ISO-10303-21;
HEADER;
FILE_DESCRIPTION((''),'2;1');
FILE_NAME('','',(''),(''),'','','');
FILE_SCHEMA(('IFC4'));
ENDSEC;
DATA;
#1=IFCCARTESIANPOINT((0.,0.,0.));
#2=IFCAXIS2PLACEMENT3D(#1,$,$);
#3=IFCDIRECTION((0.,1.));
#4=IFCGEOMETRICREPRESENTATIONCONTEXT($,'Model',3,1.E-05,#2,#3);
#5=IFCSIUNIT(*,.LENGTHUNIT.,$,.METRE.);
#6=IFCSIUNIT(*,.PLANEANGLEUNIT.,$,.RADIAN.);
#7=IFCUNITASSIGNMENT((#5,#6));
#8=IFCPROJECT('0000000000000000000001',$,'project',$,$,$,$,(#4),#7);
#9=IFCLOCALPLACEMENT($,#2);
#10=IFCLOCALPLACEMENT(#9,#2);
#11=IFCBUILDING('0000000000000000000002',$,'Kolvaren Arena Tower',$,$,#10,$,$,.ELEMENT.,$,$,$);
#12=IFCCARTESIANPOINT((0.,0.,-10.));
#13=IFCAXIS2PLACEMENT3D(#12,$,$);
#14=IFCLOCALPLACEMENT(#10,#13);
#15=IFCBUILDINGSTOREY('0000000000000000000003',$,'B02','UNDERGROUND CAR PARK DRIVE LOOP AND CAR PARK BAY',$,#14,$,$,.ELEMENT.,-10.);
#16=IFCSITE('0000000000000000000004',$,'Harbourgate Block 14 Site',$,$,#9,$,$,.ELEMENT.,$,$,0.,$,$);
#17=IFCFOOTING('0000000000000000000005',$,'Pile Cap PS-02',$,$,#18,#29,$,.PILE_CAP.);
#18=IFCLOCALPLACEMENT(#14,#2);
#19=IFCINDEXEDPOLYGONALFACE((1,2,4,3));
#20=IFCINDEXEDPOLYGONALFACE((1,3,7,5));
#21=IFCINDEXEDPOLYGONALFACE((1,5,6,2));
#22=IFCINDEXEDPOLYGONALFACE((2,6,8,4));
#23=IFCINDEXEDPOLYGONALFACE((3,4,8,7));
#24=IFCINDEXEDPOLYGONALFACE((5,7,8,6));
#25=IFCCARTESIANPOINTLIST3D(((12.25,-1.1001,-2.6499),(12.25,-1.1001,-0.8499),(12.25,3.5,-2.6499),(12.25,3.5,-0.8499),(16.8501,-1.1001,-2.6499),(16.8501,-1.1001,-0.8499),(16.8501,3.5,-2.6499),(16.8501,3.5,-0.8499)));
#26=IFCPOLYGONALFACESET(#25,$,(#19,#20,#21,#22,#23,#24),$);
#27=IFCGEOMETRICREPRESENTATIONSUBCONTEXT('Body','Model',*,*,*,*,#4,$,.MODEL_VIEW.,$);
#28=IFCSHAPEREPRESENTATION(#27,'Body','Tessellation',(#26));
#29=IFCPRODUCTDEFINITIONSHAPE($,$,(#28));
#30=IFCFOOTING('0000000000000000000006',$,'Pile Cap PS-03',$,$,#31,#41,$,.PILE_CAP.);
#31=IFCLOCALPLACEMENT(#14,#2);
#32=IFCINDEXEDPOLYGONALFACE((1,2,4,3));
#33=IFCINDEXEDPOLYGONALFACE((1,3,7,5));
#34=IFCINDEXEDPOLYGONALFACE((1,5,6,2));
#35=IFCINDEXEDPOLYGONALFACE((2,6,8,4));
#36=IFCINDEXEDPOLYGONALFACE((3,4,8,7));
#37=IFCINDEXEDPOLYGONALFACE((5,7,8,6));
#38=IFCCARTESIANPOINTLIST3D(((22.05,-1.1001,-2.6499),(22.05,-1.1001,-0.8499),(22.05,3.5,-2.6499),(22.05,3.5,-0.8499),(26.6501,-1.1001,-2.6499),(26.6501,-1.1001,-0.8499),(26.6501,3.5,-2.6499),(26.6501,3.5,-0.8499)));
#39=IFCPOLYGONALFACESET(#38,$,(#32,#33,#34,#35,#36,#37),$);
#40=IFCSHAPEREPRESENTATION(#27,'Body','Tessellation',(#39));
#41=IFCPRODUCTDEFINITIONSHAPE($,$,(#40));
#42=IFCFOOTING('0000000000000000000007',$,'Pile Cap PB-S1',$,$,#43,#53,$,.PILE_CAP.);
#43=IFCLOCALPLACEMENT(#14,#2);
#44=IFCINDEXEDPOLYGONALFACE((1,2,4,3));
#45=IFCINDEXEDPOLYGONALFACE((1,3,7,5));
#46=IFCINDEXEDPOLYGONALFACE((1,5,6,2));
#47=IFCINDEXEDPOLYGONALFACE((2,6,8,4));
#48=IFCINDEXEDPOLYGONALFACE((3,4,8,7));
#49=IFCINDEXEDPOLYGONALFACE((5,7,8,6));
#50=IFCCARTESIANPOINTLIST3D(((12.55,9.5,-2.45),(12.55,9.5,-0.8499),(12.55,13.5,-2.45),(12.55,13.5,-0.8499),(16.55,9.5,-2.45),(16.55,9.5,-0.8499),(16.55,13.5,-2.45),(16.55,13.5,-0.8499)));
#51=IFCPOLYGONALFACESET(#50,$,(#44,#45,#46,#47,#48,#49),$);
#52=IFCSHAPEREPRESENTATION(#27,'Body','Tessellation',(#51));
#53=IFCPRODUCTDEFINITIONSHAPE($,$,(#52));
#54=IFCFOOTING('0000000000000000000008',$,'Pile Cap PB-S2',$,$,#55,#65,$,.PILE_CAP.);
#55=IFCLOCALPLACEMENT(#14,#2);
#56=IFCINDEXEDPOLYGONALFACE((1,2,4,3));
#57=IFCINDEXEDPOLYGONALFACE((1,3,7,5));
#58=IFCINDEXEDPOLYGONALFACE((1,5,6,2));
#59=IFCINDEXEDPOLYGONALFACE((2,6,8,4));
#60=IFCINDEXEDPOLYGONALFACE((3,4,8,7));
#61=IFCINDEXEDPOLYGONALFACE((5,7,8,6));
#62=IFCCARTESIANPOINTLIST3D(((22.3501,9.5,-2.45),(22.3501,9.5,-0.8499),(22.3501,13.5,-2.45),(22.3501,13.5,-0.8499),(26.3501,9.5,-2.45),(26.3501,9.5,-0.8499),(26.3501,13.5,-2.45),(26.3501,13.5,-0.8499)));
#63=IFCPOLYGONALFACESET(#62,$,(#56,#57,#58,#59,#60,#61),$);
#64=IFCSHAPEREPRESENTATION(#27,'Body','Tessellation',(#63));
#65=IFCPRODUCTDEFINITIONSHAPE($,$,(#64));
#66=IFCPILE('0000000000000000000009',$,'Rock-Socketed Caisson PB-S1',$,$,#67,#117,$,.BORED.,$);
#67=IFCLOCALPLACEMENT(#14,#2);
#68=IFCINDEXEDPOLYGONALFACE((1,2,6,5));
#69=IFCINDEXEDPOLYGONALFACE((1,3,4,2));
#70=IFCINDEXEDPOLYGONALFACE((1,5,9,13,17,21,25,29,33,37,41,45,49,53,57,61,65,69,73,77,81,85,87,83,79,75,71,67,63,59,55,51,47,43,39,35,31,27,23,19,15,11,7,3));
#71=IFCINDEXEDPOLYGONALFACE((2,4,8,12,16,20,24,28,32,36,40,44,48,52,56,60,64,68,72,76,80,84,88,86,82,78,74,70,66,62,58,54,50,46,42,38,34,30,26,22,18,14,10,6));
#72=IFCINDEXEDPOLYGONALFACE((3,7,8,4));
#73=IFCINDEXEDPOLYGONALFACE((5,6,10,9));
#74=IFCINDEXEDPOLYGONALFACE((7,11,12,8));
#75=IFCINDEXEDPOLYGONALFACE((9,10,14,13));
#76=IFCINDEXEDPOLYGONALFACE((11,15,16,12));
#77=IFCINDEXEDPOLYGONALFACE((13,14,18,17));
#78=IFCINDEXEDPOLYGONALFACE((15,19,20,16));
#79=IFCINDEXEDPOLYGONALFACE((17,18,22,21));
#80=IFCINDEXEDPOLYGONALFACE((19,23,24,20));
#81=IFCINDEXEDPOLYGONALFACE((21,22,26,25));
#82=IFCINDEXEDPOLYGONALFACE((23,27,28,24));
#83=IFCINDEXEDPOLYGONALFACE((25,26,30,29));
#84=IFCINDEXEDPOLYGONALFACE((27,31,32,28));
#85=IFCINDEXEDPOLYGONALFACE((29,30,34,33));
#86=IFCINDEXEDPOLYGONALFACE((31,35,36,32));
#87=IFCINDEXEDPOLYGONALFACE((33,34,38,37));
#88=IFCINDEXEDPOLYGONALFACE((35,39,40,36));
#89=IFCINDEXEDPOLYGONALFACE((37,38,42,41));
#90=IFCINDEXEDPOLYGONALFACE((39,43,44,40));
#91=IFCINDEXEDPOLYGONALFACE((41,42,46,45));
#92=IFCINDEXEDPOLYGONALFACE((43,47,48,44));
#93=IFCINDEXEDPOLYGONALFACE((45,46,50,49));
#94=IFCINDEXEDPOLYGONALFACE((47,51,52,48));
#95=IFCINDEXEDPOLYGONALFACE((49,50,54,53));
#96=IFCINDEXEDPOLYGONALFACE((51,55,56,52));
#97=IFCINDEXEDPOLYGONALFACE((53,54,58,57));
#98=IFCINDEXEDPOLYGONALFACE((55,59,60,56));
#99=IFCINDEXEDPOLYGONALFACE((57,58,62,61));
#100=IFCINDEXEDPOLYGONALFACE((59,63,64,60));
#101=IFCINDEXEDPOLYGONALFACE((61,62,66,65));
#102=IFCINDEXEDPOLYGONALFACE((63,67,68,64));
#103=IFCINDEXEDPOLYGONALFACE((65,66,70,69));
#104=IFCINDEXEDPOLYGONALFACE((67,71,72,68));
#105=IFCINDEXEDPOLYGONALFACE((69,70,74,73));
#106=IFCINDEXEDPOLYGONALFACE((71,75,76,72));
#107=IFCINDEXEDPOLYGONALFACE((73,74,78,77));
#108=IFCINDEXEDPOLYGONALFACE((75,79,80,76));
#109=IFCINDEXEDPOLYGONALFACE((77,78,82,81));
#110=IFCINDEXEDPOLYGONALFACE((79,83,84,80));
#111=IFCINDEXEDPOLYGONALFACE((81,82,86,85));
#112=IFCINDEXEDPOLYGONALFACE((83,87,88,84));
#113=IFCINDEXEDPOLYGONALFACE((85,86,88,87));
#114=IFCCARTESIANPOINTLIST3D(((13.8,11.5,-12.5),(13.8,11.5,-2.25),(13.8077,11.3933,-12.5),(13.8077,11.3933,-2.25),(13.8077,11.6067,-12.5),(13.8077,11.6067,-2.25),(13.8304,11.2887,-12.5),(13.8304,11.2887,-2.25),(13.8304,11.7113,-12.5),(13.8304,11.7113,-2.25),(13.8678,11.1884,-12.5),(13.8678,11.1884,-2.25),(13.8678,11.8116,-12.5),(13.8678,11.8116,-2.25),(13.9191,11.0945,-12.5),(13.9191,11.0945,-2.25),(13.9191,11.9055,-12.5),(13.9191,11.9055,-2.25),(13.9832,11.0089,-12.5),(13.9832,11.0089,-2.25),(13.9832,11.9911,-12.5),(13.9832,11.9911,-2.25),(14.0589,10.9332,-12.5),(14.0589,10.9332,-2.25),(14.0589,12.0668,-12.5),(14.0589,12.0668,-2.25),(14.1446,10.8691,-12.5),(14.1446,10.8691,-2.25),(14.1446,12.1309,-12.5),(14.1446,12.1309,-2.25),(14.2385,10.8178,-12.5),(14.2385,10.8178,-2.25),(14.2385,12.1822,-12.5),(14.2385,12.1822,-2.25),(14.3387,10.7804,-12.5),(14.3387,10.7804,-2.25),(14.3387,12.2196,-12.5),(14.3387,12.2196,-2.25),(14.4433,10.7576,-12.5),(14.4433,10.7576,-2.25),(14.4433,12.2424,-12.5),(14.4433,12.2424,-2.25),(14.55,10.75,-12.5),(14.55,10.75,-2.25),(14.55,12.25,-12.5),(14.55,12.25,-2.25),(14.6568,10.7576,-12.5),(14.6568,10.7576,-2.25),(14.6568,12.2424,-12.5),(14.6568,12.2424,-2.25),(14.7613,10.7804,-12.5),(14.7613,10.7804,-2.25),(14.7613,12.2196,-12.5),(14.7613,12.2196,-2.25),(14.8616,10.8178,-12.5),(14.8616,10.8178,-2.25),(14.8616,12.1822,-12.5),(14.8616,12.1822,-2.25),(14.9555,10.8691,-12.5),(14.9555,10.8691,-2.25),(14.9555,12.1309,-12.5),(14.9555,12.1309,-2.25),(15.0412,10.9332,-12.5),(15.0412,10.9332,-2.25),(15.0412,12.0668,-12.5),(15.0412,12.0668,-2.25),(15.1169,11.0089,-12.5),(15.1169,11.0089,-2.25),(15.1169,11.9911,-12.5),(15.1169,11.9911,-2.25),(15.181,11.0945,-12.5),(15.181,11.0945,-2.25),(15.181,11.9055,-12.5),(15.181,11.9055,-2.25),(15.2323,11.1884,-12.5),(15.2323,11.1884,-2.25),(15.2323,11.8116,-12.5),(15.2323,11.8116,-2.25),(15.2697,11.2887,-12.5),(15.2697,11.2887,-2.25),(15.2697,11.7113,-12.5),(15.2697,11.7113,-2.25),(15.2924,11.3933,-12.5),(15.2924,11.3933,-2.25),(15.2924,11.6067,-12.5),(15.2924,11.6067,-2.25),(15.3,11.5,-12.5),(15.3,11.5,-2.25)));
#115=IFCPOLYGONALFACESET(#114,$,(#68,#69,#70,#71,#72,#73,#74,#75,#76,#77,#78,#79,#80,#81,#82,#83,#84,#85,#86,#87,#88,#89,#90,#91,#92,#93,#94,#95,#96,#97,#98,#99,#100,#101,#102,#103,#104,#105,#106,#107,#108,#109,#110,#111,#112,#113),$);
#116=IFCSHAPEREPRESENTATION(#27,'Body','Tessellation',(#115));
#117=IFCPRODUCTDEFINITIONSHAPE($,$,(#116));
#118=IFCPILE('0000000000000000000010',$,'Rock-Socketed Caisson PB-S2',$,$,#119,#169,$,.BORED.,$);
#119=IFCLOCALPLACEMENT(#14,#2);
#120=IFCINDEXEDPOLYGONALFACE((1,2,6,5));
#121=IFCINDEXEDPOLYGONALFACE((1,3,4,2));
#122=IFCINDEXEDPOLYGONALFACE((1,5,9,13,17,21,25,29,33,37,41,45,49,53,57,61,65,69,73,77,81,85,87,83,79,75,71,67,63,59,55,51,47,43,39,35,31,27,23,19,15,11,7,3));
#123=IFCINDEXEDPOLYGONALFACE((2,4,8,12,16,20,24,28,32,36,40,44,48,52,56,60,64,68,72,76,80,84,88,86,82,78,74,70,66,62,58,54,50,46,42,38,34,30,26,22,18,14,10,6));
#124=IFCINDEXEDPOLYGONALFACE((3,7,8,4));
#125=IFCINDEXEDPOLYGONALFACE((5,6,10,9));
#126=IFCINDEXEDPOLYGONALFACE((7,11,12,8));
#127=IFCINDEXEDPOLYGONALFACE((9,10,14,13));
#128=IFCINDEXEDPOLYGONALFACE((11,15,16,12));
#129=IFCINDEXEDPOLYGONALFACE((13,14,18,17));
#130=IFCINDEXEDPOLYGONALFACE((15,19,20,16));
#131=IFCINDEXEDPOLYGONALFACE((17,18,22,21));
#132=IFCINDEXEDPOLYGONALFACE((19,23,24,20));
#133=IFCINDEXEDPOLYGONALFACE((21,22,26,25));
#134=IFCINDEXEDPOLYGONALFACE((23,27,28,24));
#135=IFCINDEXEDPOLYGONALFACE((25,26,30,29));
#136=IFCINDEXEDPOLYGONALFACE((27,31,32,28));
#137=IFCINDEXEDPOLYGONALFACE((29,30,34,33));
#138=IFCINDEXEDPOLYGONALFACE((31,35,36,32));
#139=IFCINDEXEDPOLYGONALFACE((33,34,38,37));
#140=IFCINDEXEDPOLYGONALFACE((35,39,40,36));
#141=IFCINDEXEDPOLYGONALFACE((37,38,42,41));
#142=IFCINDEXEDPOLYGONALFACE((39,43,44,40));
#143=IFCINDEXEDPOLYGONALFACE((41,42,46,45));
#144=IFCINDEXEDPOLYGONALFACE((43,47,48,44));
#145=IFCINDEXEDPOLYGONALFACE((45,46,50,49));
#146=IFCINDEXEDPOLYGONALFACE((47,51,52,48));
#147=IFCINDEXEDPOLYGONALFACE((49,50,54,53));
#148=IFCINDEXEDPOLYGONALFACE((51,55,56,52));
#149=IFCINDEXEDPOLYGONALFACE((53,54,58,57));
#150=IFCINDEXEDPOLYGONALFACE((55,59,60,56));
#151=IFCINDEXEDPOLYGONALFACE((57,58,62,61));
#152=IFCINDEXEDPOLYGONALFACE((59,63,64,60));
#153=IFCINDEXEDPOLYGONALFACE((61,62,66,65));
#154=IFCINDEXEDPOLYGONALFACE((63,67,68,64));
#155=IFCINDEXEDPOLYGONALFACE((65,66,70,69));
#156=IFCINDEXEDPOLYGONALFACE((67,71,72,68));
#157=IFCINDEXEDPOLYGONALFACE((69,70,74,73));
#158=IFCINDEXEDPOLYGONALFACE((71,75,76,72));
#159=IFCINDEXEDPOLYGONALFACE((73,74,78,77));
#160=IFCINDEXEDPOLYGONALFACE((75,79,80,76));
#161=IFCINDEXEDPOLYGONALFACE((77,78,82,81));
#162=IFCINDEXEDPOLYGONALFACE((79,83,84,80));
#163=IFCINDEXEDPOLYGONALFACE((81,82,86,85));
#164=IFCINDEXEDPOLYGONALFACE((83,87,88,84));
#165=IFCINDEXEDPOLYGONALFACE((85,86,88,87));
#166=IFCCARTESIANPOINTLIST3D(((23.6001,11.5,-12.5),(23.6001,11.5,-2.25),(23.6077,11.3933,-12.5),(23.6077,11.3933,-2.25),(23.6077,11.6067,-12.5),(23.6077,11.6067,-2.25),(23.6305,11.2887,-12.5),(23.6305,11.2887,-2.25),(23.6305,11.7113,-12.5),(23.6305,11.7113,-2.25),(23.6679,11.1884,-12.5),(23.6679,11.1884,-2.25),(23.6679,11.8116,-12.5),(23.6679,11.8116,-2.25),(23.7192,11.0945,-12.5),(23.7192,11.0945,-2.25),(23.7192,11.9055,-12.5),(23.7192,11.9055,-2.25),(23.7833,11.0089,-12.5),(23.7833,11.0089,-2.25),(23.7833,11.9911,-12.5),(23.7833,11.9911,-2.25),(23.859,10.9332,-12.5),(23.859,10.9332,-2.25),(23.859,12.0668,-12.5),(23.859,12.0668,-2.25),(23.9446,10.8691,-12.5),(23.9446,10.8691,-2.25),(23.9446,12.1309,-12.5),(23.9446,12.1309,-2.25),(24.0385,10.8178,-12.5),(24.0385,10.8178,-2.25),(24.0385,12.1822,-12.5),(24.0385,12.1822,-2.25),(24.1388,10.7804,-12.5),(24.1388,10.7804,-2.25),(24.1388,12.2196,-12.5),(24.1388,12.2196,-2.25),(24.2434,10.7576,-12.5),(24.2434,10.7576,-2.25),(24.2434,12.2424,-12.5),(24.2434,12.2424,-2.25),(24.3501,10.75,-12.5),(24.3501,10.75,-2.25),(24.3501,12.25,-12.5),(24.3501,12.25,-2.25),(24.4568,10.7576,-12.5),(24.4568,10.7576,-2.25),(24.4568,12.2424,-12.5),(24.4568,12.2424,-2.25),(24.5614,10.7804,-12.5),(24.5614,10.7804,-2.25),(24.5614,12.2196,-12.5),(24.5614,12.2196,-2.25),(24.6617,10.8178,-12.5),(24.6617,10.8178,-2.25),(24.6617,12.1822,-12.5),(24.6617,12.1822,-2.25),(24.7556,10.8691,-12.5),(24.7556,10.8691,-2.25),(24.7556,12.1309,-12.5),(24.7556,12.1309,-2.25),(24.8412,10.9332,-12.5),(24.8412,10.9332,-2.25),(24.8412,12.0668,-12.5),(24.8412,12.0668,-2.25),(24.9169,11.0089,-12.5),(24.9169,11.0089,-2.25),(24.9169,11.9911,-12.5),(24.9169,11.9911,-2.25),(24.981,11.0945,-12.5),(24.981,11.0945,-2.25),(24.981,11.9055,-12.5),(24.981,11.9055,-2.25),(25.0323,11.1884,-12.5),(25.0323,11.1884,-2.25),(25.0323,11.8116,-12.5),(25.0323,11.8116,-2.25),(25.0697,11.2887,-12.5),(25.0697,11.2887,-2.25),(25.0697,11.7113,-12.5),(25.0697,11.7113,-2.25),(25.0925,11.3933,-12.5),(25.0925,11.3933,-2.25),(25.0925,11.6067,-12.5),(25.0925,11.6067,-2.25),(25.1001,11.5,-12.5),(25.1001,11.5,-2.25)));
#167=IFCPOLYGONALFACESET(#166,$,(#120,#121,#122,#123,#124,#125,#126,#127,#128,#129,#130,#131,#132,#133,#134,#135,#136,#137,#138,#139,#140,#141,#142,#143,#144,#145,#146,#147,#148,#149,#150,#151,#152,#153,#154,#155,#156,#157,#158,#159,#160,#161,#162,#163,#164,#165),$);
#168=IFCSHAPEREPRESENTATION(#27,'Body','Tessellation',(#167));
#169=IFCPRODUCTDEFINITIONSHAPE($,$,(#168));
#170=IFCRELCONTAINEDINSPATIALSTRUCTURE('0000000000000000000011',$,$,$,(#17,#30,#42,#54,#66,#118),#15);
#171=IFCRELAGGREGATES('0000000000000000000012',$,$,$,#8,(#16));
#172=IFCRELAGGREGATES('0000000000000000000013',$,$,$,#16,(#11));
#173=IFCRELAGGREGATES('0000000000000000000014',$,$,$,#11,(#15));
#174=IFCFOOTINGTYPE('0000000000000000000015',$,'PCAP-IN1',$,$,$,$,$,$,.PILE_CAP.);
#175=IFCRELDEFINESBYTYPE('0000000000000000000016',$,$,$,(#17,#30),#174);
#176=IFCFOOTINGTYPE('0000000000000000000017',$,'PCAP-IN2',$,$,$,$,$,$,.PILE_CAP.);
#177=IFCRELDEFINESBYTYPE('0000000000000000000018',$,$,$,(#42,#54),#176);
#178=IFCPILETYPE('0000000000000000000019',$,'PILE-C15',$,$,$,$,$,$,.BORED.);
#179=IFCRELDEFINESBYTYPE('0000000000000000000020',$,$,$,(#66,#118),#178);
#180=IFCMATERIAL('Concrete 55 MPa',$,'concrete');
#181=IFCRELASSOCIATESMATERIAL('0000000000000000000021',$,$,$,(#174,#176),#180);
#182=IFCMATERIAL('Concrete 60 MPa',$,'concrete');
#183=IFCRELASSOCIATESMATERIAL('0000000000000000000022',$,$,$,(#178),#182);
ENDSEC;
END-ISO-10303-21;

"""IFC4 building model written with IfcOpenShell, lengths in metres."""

from ifc_helpers import new_model, si_unit, direction, frame, origin, origin_2d, place, context, subcontext, project, spatial, rectangle, circle, extrude, material, material_profile, profile_set, type_object, element, save


model = new_model("IFC4")

# Units and contexts
model_context = context("Model", 3, precision=1e-05, world=origin(), true_north=direction((0.0, 1.0)))
body_context = subcontext(model_context, "Body", "Model", "MODEL_VIEW")
ifc_project = project(units=[si_unit("LENGTHUNIT", "METRE"), si_unit("PLANEANGLEUNIT", "RADIAN")], contexts=[model_context])

# Site, building, storey
site_placement = place(None, origin())
site = spatial("IfcSite", under=ifc_project, at=site_placement, Name="Harbourgate Block 14 Site", CompositionType="ELEMENT", RefElevation=0.0)
building_placement = place(site_placement, origin())
building = spatial("IfcBuilding", under=site, at=building_placement, Name="Kolvaren Arena Tower", CompositionType="ELEMENT")
storey_placement = place(building_placement, frame((0.0, 0.0, -10.0)))
storey = spatial("IfcBuildingStorey", under=building, at=storey_placement, Name="B02", Description="UNDERGROUND CAR PARK DRIVE LOOP AND CAR PARK BAY", CompositionType="ELEMENT", Elevation=-10.0)

# Footings
ifc_material_1 = material(Name="Concrete 55 MPa", Category="concrete")
footing_type_1 = type_object("IfcFootingType", Name="PCAP-IN1", PredefinedType="PILE_CAP", material=ifc_material_1)
for number, where, z_axis, x_axis, name in (
    (1, (14.55, 1.2, -2.6499), (0.0, 0.0, 1.0), (1.0, 0.0, 0.0), "Pile Cap PS-02"),
    (2, (24.3501, 1.2, -2.6499), (0.0, 0.0, 1.0), (1.0, 0.0, 0.0), "Pile Cap PS-03"),
):
    element("IfcFooting", number, at=place(storey_placement, frame(where, z_axis=z_axis, x_axis=x_axis)), inside=storey, type_object=footing_type_1, Name=name, PredefinedType="PILE_CAP", context=body_context, shape_type="SweptSolid", body=[
        extrude(rectangle(XDim=4.6001, YDim=4.6001, at=origin_2d()), origin(), (0.0, 0.0, 1.0), 1.8),
    ])
footing_type_2 = type_object("IfcFootingType", Name="PCAP-IN2", PredefinedType="PILE_CAP", material=ifc_material_1)
for number, where, z_axis, x_axis, name in (
    (3, (14.55, 11.5, -2.45), (0.0, 0.0, 1.0), (1.0, 0.0, 0.0), "Pile Cap PB-S1"),
    (4, (24.3501, 11.5, -2.45), (0.0, 0.0, 1.0), (1.0, 0.0, 0.0), "Pile Cap PB-S2"),
):
    element("IfcFooting", number, at=place(storey_placement, frame(where, z_axis=z_axis, x_axis=x_axis)), inside=storey, type_object=footing_type_2, Name=name, PredefinedType="PILE_CAP", context=body_context, shape_type="SweptSolid", body=[
        extrude(rectangle(XDim=4.0, YDim=4.0, at=origin_2d()), origin(), (0.0, 0.0, 1.0), 1.6001),
    ])

# Piles
ifc_material_2 = material(Name="Concrete 60 MPa", Category="concrete")
ifc_material_profile_1 = material_profile(ifc_material_2, circle(Radius=0.75, at=origin_2d()), Name="CAISSON-D1500")
ifc_profile_set_1 = profile_set([ifc_material_profile_1], Name="Concrete 60 MPa")
pile_type_1 = type_object("IfcPileType", Name="PILE-C15", PredefinedType="BORED", material=ifc_profile_set_1)
for number, where, z_axis, x_axis, name in (
    (5, (14.55, 11.5, -2.25), (0.0, 0.0, -1.0), (1.0, 0.0, 0.0), "Rock-Socketed Caisson PB-S1"),
    (6, (24.3501, 11.5, -2.25), (0.0, 0.0, -1.0), (1.0, 0.0, 0.0), "Rock-Socketed Caisson PB-S2"),
):
    element("IfcPile", number, at=place(storey_placement, frame(where, z_axis=z_axis, x_axis=x_axis)), inside=storey, type_object=pile_type_1, Name=name, PredefinedType="BORED", context=body_context, shape_type="SweptSolid", body=[
        extrude(circle(Radius=0.75, at=origin_2d()), origin(), (0.0, 0.0, 1.0), 10.25),
    ])

save(model, "model.ifc")
